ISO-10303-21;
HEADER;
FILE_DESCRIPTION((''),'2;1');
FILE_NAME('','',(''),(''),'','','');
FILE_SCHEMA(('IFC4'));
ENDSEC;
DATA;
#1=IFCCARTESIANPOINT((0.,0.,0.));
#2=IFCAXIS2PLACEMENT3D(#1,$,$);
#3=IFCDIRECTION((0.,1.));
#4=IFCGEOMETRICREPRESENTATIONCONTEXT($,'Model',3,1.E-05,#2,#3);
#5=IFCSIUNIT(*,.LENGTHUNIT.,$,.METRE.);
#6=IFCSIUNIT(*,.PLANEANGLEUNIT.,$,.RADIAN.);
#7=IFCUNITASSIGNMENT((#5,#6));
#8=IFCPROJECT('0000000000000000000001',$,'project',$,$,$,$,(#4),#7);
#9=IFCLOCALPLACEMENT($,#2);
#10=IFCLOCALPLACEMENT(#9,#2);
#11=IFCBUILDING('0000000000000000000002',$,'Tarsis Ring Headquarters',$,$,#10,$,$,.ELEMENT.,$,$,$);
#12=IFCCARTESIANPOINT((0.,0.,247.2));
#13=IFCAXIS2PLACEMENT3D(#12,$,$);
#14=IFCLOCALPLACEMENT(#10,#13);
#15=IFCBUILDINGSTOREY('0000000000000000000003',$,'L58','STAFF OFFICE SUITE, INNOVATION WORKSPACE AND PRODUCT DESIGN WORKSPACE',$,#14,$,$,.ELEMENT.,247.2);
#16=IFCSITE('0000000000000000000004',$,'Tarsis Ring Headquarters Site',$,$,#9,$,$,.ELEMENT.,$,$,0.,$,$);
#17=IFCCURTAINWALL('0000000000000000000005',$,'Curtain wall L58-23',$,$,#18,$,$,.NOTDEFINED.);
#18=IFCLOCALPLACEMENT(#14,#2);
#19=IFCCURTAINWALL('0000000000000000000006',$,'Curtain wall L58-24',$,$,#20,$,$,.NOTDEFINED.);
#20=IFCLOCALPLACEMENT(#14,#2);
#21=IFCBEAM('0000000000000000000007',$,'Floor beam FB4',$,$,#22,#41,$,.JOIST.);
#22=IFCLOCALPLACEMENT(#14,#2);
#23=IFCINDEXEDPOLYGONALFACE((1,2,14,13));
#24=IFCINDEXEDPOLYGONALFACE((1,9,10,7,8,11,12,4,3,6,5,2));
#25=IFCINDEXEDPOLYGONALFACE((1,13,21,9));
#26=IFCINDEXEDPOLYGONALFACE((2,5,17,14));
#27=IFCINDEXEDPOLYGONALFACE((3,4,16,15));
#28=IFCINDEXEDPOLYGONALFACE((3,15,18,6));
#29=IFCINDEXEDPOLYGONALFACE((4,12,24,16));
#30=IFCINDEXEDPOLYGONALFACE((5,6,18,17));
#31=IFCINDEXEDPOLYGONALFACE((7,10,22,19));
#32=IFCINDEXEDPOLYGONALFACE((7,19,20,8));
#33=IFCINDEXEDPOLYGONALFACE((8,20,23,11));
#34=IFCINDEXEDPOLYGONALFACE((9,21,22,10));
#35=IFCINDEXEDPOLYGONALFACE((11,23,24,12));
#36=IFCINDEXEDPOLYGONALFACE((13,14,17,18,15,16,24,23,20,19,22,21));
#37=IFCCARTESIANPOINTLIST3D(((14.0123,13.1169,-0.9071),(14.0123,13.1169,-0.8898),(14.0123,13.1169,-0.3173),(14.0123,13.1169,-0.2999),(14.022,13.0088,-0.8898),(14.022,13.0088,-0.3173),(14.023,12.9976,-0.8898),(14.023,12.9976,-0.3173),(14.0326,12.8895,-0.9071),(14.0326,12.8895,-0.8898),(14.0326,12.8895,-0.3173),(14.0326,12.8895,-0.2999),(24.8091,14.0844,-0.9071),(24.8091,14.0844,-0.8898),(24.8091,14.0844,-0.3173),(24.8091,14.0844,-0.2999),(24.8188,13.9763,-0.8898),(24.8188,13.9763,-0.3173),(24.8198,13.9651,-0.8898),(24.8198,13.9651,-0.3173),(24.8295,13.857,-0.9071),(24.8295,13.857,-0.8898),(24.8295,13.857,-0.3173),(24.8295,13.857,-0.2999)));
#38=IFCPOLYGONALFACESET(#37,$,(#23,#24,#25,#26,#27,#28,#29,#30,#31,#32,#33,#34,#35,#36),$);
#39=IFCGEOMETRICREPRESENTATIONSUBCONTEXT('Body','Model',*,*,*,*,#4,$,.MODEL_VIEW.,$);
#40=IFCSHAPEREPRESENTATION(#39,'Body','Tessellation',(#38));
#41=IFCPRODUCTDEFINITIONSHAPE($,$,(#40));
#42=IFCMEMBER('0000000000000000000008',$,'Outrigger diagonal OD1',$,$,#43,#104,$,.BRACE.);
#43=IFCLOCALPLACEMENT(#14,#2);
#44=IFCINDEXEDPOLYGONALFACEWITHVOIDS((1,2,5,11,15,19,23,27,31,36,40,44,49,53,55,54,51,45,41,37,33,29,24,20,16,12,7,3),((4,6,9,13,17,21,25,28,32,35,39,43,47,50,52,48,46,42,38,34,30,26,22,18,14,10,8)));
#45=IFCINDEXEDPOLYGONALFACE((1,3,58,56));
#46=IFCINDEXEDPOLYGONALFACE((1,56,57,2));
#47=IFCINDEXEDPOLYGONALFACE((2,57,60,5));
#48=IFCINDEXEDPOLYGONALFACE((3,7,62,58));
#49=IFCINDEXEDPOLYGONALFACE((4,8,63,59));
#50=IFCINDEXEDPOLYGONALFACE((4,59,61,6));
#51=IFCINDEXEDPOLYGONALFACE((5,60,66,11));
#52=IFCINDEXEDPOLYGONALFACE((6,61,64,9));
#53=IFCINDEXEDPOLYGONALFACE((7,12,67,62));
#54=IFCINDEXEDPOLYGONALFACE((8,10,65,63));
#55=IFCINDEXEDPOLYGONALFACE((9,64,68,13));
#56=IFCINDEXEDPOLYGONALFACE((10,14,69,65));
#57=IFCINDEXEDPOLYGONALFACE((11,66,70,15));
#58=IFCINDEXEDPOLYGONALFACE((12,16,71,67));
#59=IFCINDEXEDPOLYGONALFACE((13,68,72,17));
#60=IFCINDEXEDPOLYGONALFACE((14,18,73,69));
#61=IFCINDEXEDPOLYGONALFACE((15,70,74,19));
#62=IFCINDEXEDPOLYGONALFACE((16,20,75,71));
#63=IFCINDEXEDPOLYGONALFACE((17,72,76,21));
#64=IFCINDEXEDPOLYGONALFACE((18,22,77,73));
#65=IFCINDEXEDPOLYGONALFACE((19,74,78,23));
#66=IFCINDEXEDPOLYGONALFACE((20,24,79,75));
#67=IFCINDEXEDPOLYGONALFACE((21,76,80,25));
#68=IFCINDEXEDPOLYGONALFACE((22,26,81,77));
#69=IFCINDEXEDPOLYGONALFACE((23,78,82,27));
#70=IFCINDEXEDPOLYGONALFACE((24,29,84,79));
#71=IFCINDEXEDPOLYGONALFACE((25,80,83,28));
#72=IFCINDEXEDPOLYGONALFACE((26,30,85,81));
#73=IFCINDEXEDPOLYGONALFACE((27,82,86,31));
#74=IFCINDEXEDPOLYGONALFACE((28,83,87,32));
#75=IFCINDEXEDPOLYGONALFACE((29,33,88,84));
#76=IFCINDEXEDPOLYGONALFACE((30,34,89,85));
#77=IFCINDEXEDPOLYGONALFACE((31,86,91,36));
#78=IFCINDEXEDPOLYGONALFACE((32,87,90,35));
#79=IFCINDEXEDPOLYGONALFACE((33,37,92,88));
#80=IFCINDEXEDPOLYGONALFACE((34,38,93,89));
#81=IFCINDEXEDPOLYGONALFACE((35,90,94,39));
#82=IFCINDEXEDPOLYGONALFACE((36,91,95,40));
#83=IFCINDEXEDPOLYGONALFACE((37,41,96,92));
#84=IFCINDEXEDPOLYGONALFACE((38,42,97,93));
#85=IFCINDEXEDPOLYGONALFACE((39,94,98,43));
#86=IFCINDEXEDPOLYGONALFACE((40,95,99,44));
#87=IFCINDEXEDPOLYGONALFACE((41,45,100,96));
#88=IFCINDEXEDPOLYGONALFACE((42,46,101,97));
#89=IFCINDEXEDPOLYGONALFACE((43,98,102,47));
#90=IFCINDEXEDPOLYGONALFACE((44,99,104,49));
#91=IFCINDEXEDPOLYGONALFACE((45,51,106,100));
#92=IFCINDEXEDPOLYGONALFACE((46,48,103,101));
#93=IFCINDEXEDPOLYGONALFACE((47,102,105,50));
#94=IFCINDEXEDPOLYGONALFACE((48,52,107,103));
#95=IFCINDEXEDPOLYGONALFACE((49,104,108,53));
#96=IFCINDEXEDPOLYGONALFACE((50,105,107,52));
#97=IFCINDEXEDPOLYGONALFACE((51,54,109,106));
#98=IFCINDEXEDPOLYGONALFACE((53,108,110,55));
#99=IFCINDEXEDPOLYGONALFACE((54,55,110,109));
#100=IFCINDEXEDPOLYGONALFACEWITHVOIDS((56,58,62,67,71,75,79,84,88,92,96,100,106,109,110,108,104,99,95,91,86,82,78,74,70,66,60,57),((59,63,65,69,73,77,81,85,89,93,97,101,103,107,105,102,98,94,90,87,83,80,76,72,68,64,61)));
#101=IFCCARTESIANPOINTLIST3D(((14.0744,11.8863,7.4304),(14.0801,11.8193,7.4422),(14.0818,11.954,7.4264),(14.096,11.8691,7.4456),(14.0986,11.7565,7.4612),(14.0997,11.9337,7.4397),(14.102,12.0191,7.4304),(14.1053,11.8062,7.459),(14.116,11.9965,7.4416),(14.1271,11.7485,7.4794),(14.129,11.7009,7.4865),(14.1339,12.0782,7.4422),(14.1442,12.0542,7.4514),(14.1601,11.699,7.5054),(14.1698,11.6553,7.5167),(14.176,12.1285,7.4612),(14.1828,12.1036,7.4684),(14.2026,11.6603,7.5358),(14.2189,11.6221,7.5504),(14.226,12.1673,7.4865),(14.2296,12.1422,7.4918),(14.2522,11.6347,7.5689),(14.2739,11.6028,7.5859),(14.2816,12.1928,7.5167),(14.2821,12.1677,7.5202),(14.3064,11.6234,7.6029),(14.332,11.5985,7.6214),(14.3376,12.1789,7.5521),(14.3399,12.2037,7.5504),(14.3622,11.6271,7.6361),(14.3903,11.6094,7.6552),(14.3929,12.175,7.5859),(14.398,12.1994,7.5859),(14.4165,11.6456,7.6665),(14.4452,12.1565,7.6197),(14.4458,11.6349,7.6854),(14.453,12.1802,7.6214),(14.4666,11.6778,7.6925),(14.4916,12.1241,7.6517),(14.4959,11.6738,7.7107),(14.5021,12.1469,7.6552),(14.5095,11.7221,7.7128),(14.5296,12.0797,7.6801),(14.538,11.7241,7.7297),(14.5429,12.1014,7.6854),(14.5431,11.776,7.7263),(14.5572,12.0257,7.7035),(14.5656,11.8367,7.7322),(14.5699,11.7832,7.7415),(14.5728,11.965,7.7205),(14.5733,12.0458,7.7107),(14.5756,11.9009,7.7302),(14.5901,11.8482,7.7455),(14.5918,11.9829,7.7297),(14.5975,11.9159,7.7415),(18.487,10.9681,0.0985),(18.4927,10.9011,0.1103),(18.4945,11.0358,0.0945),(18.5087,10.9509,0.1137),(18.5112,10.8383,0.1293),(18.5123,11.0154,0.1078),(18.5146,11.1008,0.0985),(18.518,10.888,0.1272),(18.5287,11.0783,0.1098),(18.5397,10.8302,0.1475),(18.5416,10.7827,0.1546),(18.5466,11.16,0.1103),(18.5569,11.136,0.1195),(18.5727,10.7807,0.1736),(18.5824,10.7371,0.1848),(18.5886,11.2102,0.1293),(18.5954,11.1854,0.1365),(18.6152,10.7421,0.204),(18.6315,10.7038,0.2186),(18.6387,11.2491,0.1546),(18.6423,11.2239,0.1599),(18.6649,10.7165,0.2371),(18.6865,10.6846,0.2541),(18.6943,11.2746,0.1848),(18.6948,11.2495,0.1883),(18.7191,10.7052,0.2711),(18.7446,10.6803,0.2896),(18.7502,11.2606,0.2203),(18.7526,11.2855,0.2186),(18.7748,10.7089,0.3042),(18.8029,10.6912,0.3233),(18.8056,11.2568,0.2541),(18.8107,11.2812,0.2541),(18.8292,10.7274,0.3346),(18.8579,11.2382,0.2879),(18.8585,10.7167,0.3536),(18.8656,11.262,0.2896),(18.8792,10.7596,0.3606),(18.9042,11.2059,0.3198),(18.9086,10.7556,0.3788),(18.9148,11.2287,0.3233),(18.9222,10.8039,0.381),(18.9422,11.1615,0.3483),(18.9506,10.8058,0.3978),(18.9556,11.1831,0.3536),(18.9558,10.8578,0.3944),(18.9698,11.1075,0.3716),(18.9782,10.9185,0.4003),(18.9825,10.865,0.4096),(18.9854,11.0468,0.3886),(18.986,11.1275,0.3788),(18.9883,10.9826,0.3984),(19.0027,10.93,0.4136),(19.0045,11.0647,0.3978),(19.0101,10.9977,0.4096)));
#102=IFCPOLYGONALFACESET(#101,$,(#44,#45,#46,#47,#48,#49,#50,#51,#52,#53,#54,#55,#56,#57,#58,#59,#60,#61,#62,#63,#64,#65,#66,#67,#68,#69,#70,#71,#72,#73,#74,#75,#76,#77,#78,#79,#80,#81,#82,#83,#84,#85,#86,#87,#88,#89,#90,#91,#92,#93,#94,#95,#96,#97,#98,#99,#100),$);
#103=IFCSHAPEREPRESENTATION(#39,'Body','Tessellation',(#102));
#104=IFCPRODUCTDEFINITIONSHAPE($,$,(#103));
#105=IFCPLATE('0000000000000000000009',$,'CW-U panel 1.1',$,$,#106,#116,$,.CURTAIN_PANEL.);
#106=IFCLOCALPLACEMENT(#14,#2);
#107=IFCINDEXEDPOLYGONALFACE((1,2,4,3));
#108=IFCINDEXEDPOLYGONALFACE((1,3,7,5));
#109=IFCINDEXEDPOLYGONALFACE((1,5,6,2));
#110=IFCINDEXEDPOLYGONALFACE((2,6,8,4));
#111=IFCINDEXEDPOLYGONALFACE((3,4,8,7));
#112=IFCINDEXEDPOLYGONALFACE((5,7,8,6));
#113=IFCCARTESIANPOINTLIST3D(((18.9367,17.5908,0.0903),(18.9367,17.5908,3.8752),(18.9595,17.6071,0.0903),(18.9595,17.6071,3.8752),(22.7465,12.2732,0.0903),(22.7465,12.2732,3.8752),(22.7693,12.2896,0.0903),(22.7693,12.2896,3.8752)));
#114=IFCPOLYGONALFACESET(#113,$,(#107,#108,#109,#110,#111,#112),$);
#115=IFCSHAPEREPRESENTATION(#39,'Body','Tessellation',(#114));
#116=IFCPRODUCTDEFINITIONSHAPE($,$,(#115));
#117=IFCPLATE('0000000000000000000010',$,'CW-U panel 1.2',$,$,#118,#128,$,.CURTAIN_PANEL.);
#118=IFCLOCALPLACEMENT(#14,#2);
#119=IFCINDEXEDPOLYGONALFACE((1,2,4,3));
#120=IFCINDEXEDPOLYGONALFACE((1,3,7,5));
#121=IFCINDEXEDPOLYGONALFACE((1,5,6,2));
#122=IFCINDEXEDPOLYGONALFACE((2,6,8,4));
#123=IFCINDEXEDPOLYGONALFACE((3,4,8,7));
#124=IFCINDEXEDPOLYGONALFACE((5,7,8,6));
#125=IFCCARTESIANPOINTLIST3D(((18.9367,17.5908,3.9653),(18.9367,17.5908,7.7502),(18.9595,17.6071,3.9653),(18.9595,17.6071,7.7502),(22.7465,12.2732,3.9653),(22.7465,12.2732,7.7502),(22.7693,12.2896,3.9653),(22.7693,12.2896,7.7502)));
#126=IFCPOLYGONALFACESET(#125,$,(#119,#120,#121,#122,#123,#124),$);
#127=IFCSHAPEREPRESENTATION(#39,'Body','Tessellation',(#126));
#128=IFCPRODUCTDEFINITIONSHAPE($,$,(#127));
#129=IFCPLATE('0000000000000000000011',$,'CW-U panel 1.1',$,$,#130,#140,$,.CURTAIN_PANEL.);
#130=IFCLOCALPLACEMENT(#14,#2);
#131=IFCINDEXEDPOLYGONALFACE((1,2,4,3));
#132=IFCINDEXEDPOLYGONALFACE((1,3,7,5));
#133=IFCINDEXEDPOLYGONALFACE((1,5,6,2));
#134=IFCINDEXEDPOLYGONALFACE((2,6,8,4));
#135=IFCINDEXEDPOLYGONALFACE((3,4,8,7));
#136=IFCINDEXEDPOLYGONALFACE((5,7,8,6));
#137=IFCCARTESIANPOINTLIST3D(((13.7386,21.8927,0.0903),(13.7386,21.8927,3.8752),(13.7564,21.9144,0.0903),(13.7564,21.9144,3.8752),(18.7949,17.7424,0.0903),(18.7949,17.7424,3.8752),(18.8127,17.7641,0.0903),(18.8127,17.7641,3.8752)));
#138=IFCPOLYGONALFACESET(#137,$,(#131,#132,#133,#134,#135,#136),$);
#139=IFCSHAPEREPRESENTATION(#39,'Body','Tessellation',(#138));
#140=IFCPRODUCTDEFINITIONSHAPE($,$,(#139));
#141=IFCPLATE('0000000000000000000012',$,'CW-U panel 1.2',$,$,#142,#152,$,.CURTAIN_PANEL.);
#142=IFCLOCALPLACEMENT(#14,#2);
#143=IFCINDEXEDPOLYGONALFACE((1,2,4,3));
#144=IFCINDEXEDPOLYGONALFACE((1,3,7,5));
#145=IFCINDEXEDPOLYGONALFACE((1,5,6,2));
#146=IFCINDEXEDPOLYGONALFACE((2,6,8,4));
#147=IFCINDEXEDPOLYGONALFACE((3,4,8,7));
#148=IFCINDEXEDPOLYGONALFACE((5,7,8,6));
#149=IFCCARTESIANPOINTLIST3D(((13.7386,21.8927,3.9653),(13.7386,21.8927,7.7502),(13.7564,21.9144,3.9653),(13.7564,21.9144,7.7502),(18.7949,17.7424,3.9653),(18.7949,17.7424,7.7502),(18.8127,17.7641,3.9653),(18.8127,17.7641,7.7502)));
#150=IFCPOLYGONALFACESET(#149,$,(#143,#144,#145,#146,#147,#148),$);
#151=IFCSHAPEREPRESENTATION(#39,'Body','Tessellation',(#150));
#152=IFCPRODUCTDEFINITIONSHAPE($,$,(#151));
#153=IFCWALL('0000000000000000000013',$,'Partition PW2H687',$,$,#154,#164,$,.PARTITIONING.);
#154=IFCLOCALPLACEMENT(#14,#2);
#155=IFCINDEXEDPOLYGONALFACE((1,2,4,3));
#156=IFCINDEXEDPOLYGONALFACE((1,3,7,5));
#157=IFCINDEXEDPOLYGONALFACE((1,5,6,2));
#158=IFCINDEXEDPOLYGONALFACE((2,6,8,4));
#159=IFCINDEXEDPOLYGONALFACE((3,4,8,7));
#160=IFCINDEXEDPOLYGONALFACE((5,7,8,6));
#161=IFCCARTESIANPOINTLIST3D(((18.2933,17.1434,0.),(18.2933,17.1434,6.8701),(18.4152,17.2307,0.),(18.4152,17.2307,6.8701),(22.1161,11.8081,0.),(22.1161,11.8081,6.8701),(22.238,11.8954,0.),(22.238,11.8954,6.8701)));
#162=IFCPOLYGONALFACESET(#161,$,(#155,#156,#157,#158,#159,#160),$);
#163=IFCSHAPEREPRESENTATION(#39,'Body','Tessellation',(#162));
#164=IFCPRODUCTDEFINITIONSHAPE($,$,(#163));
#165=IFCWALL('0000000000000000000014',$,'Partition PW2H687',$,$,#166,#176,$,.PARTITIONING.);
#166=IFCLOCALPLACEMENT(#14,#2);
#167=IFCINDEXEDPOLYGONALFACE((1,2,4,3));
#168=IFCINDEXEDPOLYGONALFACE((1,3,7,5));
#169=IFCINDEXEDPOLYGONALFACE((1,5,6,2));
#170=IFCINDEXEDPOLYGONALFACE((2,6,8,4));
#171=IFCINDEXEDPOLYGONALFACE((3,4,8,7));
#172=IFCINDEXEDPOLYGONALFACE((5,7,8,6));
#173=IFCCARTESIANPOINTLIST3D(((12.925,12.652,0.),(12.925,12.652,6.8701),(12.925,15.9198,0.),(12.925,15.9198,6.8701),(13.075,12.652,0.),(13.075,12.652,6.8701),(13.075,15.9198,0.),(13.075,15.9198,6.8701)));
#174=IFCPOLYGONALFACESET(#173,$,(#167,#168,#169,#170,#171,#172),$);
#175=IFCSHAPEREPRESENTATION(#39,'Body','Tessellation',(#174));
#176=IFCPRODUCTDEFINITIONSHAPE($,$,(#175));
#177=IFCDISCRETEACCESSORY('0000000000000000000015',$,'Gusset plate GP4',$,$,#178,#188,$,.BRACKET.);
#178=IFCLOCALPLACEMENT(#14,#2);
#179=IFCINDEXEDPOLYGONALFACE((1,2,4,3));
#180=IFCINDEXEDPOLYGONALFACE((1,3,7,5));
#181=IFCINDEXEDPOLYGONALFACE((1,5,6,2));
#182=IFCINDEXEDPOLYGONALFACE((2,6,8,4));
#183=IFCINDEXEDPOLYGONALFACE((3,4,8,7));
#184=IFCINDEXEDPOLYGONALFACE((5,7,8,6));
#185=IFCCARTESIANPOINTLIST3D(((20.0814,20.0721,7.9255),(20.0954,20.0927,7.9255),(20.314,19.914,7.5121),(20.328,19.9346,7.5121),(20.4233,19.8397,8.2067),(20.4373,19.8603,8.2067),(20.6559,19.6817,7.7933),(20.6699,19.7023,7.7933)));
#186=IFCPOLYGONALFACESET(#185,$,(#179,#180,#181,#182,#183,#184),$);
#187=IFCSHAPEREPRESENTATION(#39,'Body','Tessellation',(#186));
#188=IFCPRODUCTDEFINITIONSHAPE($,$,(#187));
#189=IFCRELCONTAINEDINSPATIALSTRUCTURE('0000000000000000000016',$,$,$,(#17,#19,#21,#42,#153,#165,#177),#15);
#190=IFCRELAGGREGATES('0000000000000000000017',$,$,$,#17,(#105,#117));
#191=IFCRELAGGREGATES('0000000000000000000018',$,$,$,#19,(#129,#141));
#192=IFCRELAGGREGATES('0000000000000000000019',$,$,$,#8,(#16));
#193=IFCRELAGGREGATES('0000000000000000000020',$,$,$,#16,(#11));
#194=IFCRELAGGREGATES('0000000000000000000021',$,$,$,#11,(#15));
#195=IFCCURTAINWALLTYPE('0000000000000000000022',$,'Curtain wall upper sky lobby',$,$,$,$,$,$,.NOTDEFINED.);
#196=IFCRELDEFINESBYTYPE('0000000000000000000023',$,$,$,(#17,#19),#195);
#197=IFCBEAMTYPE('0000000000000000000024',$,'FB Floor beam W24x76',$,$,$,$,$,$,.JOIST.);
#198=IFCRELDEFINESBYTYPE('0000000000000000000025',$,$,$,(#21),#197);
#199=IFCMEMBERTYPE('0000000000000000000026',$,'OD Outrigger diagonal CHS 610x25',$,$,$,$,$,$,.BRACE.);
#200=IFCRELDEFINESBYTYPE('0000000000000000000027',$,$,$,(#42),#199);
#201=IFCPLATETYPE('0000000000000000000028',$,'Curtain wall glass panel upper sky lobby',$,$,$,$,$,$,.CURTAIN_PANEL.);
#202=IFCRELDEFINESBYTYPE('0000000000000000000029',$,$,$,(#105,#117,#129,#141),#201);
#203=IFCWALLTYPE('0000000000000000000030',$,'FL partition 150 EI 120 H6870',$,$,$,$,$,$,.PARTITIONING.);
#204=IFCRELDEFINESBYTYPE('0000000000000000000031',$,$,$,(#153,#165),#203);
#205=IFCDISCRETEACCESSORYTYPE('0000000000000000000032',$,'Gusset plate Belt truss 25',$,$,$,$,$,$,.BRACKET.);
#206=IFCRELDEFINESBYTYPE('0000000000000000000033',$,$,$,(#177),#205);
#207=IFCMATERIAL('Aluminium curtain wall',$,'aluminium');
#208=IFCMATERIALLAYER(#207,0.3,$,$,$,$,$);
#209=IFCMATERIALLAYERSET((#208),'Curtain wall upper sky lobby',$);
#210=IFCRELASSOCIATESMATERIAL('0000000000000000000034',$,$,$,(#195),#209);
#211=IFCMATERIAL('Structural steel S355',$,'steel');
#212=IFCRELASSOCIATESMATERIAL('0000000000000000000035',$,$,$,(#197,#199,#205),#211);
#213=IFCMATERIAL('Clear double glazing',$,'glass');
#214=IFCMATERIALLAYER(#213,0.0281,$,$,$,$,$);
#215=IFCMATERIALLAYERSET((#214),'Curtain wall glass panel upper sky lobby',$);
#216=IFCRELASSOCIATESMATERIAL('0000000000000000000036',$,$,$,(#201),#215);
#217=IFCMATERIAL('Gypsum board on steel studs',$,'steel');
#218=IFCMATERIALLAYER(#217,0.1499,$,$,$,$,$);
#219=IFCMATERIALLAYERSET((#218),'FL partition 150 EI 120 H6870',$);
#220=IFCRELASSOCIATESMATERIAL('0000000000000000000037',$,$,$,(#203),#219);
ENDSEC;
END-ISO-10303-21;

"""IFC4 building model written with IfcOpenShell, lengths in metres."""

from ifc_helpers import new_model, si_unit, direction, frame, frame_2d, origin, origin_2d, place, context, subcontext, project, spatial, rectangle, hollow_circle, i_section, extrude, material, layer, layer_set, material_profile, profile_set, type_object, element, aggregate, save


model = new_model("IFC4")

# Units and contexts
model_context = context("Model", 3, precision=1e-05, world=origin(), true_north=direction((0.0, 1.0)))
body_context = subcontext(model_context, "Body", "Model", "MODEL_VIEW")
ifc_project = project(units=[si_unit("LENGTHUNIT", "METRE"), si_unit("PLANEANGLEUNIT", "RADIAN")], contexts=[model_context])

# Site, building, storey
site_placement = place(None, origin())
site = spatial("IfcSite", under=ifc_project, at=site_placement, Name="Tarsis Ring Headquarters Site", CompositionType="ELEMENT", RefElevation=0.0)
building_placement = place(site_placement, origin())
building = spatial("IfcBuilding", under=site, at=building_placement, Name="Tarsis Ring Headquarters", CompositionType="ELEMENT")
storey_placement = place(building_placement, frame((0.0, 0.0, 247.2)))
storey = spatial("IfcBuildingStorey", under=building, at=storey_placement, Name="L58", Description="STAFF OFFICE SUITE, INNOVATION WORKSPACE AND PRODUCT DESIGN WORKSPACE", CompositionType="ELEMENT", Elevation=247.2)

# Curtain wall
ifc_material_1 = material(Name="Aluminium curtain wall", Category="aluminium")
ifc_layer_1 = layer(ifc_material_1, 0.3)
ifc_layer_set_1 = layer_set([ifc_layer_1], Name="Curtain wall upper sky lobby")
curtain_wall_type = type_object("IfcCurtainWallType", Name="Curtain wall upper sky lobby", PredefinedType="NOTDEFINED", material=ifc_layer_set_1)
curtain_wall_1_placement = place(storey_placement, origin())
curtain_wall_1 = element("IfcCurtainWall", 1, at=curtain_wall_1_placement, inside=storey, type_object=curtain_wall_type, Name="Curtain wall L58-23", PredefinedType="NOTDEFINED")

# Curtain wall
curtain_wall_2_placement = place(storey_placement, origin())
curtain_wall_2 = element("IfcCurtainWall", 2, at=curtain_wall_2_placement, inside=storey, type_object=curtain_wall_type, Name="Curtain wall L58-24", PredefinedType="NOTDEFINED")

# Beam
ifc_material_2 = material(Name="Structural steel S355", Category="steel")
ifc_material_profile_1 = material_profile(ifc_material_2, i_section(OverallWidth=0.2283, OverallDepth=0.6072, WebThickness=0.0112, FlangeThickness=0.0173, at=origin_2d()), Name="W24x76")
ifc_profile_set_1 = profile_set([ifc_material_profile_1], Name="Structural steel S355")
beam_type_1 = type_object("IfcBeamType", Name="FB Floor beam W24x76", PredefinedType="JOIST", material=ifc_profile_set_1)
beam_1_placement = place(storey_placement, frame((14.0225, 13.0032, -0.6035), z_axis=(0.996009, 0.089254, 0.0), x_axis=(-0.089254, 0.996009, 0.0)))
element("IfcBeam", 3, at=beam_1_placement, inside=storey, type_object=beam_type_1, Name="Floor beam FB4", PredefinedType="JOIST", context=body_context, shape_type="SweptSolid", body=[
    extrude(i_section(OverallWidth=0.2283, OverallDepth=0.6072, WebThickness=0.0112, FlangeThickness=0.0173, at=origin_2d()), origin(), (0.0, 0.0, 1.0), 10.8401),
])

# Member
ifc_material_profile_2 = material_profile(ifc_material_2, hollow_circle(Radius=0.3047, WallThickness=0.0249, at=origin_2d()), Name="CHS 610x25")
ifc_profile_set_2 = profile_set([ifc_material_profile_2], Name="Structural steel S355")
member_type_1 = type_object("IfcMemberType", Name="OD Outrigger diagonal CHS 610x25", PredefinedType="BRACE", material=ifc_profile_set_2)
member_1_placement = place(storey_placement, frame((14.3359, 11.9011, 7.5859), z_axis=(0.512714, -0.10669, -0.851905), x_axis=(0.203725, 0.979028, 0.0)))
element("IfcMember", 4, at=member_1_placement, inside=storey, type_object=member_type_1, Name="Outrigger diagonal OD1", PredefinedType="BRACE", context=body_context, shape_type="SweptSolid", body=[
    extrude(hollow_circle(Radius=0.3047, WallThickness=0.0249, at=origin_2d()), origin(), (0.0, 0.0, 1.0), 8.6064),
])

# Plates
ifc_material_3 = material(Name="Clear double glazing", Category="glass")
ifc_layer_2 = layer(ifc_material_3, 0.0281)
ifc_layer_set_2 = layer_set([ifc_layer_2], Name="Curtain wall glass panel upper sky lobby")
plate_type = type_object("IfcPlateType", Name="Curtain wall glass panel upper sky lobby", PredefinedType="CURTAIN_PANEL", material=ifc_layer_set_2)
plate_1_placement = place(storey_placement, frame((20.853, 14.9402, 0.0903), z_axis=(0.0, 0.0, 1.0), x_axis=(-0.582407, 0.812898, 0.0)))
plate_1 = element("IfcPlate", 5, at=plate_1_placement, type_object=plate_type, Name="CW-U panel 1.1", PredefinedType="CURTAIN_PANEL", context=body_context, shape_type="SweptSolid", body=[
    extrude(rectangle(XDim=6.5415, YDim=0.0281, at=origin_2d()), origin(), (0.0, 0.0, 1.0), 3.7849),
])
plate_2_placement = place(storey_placement, frame((20.853, 14.9402, 3.9653), z_axis=(0.0, 0.0, 1.0), x_axis=(-0.582407, 0.812898, 0.0)))
plate_2 = element("IfcPlate", 6, at=plate_2_placement, type_object=plate_type, Name="CW-U panel 1.2", PredefinedType="CURTAIN_PANEL", context=body_context, shape_type="SweptSolid", body=[
    extrude(rectangle(XDim=6.5415, YDim=0.0281, at=origin_2d()), origin(), (0.0, 0.0, 1.0), 3.7849),
])
aggregate(curtain_wall_1, [plate_1, plate_2])
plate_3_placement = place(storey_placement, frame((16.2756, 19.8284, 0.0903), z_axis=(0.0, 0.0, 1.0), x_axis=(-0.772955, 0.634461, 0.0)))
plate_3 = element("IfcPlate", 7, at=plate_3_placement, type_object=plate_type, Name="CW-U panel 1.1", PredefinedType="CURTAIN_PANEL", context=body_context, shape_type="SweptSolid", body=[
    extrude(rectangle(XDim=6.5415, YDim=0.0281, at=origin_2d()), origin(), (0.0, 0.0, 1.0), 3.7849),
])
plate_4_placement = place(storey_placement, frame((16.2756, 19.8284, 3.9653), z_axis=(0.0, 0.0, 1.0), x_axis=(-0.772955, 0.634461, 0.0)))
plate_4 = element("IfcPlate", 8, at=plate_4_placement, type_object=plate_type, Name="CW-U panel 1.2", PredefinedType="CURTAIN_PANEL", context=body_context, shape_type="SweptSolid", body=[
    extrude(rectangle(XDim=6.5415, YDim=0.0281, at=origin_2d()), origin(), (0.0, 0.0, 1.0), 3.7849),
])
aggregate(curtain_wall_2, [plate_3, plate_4])

# Walls
ifc_material_4 = material(Name="Gypsum board on steel studs", Category="steel")
ifc_layer_3 = layer(ifc_material_4, 0.1499)
ifc_layer_set_3 = layer_set([ifc_layer_3], Name="FL partition 150 EI 120 H6870")
wall_type = type_object("IfcWallType", Name="FL partition 150 EI 120 H6870", PredefinedType="PARTITIONING", material=ifc_layer_set_3)
wall_1_placement = place(storey_placement, frame((18.3542, 17.187, 0.0), z_axis=(0.0, 0.0, 1.0), x_axis=(0.582437, -0.812876, 0.0)))
element("IfcWall", 9, at=wall_1_placement, inside=storey, type_object=wall_type, Name="Partition PW2H687", PredefinedType="PARTITIONING", context=body_context, shape_type="SweptSolid", body=[
    extrude(rectangle(XDim=6.5635, YDim=0.1499, at=frame_2d((3.2817, 0.0))), origin(), (0.0, 0.0, 1.0), 6.8701),
])
wall_2_placement = place(storey_placement, frame((13.0, 12.6521, 0.0), z_axis=(0.0, 0.0, 1.0), x_axis=(0.0, 1.0, 0.0)))
element("IfcWall", 10, at=wall_2_placement, inside=storey, type_object=wall_type, Name="Partition PW2H687", PredefinedType="PARTITIONING", context=body_context, shape_type="SweptSolid", body=[
    extrude(rectangle(XDim=3.2678, YDim=0.1499, at=frame_2d((1.6338, 0.0))), origin(), (0.0, 0.0, 1.0), 6.8701),
])

# Discrete accessory
ifc_material_profile_3 = material_profile(ifc_material_2, rectangle(XDim=0.0249, YDim=0.5, at=origin_2d()), Name="PL 25x500")
ifc_profile_set_3 = profile_set([ifc_material_profile_3], Name="Structural steel S355")
discrete_accessory_type_1 = type_object("IfcDiscreteAccessoryType", Name="Gusset plate Belt truss 25", PredefinedType="BRACKET", material=ifc_profile_set_3)
discrete_accessory_1_placement = place(storey_placement, frame((20.5466, 19.771, 8.0), z_axis=(-0.683927, 0.464738, -0.562372), x_axis=(-0.562035, -0.827113, 0.0)))
element("IfcDiscreteAccessory", 11, at=discrete_accessory_1_placement, inside=storey, type_object=discrete_accessory_type_1, Name="Gusset plate GP4", PredefinedType="BRACKET", context=body_context, shape_type="SweptSolid", body=[
    extrude(rectangle(XDim=0.0249, YDim=0.5, at=origin_2d()), origin(), (0.0, 0.0, 1.0), 0.5),
])

save(model, "model.ifc")
